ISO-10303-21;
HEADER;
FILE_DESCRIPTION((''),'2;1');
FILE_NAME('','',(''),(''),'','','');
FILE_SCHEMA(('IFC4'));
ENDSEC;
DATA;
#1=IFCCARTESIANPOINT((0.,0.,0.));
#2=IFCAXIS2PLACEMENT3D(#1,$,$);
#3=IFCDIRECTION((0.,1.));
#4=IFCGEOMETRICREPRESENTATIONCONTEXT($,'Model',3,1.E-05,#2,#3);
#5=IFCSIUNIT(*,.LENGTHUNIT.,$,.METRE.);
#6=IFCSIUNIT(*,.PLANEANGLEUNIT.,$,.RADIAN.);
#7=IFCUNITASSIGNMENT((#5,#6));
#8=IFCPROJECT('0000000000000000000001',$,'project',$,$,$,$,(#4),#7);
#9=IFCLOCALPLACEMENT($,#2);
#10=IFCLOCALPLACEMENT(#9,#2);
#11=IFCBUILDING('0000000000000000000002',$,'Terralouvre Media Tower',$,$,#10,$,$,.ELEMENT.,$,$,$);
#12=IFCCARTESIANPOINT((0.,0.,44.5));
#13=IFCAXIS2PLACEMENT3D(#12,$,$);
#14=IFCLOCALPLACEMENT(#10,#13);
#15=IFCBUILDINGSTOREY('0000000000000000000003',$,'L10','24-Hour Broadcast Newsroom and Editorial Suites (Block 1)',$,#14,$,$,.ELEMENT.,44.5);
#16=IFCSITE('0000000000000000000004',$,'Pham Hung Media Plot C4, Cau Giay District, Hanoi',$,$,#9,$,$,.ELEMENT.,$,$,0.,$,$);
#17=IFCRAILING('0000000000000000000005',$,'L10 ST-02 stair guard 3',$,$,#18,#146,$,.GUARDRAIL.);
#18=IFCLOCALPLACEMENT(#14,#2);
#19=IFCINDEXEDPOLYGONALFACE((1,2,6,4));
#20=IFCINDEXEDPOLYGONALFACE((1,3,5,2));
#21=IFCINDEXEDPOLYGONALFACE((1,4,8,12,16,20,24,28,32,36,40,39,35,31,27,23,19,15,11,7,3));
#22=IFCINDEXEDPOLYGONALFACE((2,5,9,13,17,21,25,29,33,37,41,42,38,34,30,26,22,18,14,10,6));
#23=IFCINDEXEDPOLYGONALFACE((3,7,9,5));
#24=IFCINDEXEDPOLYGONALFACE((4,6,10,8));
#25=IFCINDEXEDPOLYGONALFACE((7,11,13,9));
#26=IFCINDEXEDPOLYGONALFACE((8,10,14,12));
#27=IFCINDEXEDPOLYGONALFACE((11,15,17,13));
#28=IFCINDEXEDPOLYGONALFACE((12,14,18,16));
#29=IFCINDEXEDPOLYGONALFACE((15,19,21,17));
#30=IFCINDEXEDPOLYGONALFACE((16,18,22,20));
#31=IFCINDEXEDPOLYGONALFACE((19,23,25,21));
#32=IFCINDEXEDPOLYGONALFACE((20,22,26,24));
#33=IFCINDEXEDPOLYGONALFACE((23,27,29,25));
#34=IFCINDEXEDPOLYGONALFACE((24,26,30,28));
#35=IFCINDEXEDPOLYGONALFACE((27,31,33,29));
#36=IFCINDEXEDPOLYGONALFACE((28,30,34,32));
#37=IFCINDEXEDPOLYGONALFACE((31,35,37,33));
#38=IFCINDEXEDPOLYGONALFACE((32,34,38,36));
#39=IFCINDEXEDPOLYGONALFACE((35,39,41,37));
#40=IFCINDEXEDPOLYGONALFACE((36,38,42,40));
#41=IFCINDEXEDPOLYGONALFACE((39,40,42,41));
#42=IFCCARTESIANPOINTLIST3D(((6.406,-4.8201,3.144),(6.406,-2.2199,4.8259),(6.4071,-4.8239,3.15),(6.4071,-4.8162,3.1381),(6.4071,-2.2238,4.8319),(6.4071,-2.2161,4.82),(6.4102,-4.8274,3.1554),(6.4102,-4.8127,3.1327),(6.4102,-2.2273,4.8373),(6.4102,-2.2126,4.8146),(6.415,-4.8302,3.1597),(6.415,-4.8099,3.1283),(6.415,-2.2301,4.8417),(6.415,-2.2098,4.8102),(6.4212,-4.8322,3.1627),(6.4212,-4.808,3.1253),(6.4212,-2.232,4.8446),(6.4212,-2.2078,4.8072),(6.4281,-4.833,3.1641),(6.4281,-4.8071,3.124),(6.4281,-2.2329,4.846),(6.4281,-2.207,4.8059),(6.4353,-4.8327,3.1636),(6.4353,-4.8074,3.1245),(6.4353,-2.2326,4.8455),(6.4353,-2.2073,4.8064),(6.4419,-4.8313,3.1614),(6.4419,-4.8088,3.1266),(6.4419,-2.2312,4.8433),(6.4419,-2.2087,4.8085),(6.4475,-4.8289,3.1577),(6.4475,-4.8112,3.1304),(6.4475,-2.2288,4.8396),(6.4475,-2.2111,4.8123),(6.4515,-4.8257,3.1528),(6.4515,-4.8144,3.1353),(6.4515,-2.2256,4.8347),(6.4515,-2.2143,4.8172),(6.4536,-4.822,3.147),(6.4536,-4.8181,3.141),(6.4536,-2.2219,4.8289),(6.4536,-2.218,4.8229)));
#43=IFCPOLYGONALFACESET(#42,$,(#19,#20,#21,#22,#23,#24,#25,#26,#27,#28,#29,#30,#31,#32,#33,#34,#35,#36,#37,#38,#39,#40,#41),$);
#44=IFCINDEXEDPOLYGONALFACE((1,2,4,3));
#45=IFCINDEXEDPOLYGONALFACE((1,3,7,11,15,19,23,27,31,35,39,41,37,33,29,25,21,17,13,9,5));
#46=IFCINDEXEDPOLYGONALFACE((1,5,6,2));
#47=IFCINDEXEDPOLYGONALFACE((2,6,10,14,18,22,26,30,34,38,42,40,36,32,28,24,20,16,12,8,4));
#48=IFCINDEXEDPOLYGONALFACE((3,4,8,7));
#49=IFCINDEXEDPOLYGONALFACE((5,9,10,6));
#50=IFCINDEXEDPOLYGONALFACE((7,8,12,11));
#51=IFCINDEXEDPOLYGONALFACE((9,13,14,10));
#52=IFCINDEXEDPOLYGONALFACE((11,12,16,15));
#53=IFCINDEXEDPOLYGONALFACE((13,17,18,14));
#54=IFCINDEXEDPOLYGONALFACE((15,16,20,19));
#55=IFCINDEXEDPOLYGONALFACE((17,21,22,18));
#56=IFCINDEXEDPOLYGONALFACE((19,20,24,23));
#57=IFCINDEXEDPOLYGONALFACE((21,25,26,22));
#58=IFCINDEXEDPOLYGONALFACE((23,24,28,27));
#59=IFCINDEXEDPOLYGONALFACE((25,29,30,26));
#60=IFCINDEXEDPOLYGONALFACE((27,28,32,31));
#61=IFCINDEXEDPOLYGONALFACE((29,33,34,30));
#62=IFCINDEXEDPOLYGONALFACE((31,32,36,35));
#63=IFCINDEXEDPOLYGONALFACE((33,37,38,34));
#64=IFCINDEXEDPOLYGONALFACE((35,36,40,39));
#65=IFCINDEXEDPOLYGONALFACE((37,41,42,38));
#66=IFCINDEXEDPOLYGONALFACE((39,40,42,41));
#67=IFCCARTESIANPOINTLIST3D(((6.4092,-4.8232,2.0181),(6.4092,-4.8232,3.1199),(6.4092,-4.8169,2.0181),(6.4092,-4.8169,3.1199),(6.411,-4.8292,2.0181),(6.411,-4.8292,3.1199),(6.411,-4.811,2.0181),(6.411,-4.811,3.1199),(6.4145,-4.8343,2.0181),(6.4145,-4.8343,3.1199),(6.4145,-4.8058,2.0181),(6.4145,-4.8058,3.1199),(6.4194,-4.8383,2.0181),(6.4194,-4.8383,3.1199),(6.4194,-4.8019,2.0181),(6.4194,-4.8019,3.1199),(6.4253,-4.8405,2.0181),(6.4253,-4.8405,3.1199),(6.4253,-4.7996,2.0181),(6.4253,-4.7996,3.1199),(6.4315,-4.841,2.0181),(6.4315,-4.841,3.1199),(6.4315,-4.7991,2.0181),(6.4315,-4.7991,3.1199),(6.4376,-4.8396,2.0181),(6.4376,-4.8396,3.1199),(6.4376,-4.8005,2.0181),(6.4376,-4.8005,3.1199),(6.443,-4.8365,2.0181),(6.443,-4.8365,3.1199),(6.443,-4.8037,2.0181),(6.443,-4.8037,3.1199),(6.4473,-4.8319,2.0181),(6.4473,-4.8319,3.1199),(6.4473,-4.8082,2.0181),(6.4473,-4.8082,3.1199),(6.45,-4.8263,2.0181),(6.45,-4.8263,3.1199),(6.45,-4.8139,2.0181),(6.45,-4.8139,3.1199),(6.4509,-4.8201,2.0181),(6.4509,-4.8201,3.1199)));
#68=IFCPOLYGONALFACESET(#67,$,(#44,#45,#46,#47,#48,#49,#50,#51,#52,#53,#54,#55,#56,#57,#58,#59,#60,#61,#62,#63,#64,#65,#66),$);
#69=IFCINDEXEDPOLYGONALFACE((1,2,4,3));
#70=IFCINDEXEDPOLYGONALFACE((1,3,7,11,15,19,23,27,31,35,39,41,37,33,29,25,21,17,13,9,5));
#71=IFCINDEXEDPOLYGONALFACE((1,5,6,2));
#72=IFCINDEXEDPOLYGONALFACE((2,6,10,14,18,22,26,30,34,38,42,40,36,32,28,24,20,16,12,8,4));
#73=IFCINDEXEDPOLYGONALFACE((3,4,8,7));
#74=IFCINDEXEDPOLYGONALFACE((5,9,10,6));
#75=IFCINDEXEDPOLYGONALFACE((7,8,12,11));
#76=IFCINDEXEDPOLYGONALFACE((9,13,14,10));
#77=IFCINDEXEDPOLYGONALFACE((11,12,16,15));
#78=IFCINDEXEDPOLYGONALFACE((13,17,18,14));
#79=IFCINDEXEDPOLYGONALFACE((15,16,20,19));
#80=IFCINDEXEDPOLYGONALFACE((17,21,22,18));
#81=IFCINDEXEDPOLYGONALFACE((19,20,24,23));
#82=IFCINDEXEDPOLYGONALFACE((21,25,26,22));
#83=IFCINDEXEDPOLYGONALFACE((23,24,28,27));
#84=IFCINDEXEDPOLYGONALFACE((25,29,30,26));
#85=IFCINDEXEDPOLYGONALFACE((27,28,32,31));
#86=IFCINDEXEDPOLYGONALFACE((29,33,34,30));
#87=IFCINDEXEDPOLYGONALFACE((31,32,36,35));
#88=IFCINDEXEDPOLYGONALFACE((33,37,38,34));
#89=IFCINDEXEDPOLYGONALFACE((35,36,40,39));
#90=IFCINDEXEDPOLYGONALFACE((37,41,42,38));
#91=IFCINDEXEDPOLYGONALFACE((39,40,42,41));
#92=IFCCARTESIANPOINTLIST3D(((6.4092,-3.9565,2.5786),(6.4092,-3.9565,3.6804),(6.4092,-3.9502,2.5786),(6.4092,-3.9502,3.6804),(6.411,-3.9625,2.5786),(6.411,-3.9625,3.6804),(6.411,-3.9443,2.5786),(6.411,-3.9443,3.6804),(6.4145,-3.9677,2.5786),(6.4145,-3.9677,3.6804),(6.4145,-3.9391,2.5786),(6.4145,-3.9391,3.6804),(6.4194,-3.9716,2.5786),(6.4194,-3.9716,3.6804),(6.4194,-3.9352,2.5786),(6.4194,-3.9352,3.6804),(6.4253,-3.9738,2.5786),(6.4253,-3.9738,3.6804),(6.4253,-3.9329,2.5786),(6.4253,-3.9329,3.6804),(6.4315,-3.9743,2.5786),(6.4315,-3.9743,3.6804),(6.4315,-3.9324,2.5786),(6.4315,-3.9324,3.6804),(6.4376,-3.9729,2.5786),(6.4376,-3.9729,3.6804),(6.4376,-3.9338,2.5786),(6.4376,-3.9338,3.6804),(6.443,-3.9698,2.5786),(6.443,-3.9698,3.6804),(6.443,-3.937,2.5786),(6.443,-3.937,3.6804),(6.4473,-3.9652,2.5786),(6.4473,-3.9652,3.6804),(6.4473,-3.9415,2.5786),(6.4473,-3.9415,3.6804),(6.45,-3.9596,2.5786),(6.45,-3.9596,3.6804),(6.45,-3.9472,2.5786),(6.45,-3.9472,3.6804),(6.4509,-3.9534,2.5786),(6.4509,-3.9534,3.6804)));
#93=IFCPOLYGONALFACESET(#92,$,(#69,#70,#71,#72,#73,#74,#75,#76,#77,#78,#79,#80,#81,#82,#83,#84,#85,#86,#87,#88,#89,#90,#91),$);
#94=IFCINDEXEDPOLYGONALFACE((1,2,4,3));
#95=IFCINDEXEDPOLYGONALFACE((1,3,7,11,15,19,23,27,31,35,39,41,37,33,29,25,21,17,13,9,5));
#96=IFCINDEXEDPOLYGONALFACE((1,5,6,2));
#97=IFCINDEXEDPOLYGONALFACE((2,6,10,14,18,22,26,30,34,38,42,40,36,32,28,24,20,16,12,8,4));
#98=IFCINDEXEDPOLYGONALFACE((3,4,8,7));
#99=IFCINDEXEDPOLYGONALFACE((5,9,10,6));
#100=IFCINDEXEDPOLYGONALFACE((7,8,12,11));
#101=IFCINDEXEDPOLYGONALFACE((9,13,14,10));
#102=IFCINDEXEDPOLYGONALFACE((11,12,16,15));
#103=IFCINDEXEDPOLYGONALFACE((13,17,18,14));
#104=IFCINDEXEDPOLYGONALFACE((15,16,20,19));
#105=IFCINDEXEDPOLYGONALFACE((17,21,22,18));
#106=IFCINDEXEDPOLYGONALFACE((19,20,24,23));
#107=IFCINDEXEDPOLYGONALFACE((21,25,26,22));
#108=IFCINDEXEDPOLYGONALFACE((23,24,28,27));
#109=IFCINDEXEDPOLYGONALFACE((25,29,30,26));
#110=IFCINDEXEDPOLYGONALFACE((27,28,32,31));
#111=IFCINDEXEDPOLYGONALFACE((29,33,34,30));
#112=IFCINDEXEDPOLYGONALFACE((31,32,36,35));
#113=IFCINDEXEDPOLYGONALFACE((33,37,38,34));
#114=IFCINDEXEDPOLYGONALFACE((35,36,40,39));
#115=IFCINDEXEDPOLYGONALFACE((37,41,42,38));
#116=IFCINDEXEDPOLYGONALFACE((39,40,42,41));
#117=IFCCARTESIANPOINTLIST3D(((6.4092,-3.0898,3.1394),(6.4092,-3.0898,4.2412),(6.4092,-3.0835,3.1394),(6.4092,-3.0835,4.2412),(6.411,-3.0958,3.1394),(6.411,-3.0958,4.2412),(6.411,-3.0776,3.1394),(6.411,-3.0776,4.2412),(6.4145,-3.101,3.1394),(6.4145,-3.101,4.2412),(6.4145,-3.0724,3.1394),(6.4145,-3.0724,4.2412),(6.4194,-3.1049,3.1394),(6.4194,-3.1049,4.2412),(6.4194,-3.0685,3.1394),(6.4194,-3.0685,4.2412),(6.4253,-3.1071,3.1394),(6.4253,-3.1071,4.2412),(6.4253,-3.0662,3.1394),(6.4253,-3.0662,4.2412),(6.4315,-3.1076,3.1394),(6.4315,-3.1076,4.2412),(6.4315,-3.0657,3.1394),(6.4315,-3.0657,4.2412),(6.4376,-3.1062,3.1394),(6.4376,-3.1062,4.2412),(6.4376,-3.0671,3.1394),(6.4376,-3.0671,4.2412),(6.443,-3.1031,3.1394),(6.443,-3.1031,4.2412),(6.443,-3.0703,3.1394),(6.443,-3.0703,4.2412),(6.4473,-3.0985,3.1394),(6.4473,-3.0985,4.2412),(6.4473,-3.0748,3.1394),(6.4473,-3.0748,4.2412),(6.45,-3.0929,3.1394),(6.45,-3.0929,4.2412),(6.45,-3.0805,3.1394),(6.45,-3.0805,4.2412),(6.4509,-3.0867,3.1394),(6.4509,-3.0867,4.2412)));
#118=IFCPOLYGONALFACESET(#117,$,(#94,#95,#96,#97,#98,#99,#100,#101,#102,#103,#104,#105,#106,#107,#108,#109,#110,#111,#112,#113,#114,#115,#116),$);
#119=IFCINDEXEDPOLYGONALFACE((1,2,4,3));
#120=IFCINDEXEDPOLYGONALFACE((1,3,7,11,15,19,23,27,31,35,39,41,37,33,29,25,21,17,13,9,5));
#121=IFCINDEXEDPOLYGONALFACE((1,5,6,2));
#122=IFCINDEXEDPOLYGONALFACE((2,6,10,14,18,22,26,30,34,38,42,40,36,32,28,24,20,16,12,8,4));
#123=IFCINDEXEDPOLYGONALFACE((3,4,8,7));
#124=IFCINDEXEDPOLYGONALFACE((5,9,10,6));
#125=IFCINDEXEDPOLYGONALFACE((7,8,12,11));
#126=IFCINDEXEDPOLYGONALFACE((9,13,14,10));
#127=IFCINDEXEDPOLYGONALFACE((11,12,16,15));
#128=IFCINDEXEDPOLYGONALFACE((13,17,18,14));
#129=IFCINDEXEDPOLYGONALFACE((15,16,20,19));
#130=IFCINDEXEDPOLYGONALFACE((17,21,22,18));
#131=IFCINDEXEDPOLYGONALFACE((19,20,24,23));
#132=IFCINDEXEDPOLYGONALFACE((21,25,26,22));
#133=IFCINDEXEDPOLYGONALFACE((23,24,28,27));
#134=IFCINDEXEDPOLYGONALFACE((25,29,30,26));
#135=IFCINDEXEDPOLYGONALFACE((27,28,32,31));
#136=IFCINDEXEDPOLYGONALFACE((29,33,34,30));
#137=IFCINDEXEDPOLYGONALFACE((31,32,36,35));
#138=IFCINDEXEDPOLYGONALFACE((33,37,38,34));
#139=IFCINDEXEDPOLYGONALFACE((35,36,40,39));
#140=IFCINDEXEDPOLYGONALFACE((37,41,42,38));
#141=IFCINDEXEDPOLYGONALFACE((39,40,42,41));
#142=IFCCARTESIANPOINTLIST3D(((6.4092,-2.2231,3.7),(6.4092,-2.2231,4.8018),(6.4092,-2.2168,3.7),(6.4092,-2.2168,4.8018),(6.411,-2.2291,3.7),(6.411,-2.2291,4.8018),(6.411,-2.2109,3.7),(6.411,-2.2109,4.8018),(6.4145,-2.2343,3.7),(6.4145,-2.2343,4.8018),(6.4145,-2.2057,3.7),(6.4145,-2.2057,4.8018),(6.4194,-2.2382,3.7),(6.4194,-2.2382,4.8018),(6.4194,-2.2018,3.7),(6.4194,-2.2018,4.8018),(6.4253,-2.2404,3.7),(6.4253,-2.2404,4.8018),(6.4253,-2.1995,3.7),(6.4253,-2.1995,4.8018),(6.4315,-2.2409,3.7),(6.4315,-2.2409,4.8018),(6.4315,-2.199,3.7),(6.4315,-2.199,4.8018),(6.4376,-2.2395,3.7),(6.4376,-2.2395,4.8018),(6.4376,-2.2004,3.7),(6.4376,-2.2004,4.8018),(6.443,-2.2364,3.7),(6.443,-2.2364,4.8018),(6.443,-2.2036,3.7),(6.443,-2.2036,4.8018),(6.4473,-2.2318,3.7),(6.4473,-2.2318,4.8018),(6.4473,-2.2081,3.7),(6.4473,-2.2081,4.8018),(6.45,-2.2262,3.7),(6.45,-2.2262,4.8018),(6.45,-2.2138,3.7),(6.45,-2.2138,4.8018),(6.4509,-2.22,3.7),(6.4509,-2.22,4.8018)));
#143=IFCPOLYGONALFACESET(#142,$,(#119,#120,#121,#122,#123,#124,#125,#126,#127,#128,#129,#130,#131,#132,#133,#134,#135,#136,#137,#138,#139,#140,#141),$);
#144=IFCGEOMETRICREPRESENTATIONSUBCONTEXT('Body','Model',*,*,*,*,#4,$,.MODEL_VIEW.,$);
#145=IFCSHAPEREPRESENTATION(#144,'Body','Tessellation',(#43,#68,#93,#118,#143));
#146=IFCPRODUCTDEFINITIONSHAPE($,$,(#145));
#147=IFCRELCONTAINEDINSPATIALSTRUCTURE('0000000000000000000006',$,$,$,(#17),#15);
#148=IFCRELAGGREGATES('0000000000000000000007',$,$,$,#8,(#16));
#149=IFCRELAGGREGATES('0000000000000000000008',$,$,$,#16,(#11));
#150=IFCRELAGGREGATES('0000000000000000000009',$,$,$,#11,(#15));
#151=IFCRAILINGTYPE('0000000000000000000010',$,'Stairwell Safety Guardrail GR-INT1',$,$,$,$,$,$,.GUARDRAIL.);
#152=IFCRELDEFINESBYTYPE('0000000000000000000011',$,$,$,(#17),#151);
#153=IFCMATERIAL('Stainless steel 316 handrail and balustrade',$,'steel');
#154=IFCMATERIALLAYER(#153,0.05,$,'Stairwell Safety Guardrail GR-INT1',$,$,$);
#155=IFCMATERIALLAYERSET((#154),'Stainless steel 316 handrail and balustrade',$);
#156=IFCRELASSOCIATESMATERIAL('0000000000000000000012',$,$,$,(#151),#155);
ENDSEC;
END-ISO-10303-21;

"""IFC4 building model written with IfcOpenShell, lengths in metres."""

from ifc_helpers import new_model, si_unit, direction, frame, origin, origin_2d, place, context, subcontext, project, spatial, circle, extrude, material, layer, layer_set, type_object, element, save


model = new_model("IFC4")

# Units and contexts
model_context = context("Model", 3, precision=1e-05, world=origin(), true_north=direction((0.0, 1.0)))
body_context = subcontext(model_context, "Body", "Model", "MODEL_VIEW")
ifc_project = project(units=[si_unit("LENGTHUNIT", "METRE"), si_unit("PLANEANGLEUNIT", "RADIAN")], contexts=[model_context])

# Site, building, storey
site_placement = place(None, origin())
site = spatial("IfcSite", under=ifc_project, at=site_placement, Name="Pham Hung Media Plot C4, Cau Giay District, Hanoi", CompositionType="ELEMENT", RefElevation=0.0)
building_placement = place(site_placement, origin())
building = spatial("IfcBuilding", under=site, at=building_placement, Name="Terralouvre Media Tower", CompositionType="ELEMENT")
storey_placement = place(building_placement, frame((0.0, 0.0, 44.5)))
storey = spatial("IfcBuildingStorey", under=building, at=storey_placement, Name="L10", Description="24-Hour Broadcast Newsroom and Editorial Suites (Block 1)", CompositionType="ELEMENT", Elevation=44.5)

# Railing
ifc_material_1 = material(Name="Stainless steel 316 handrail and balustrade", Category="steel")
ifc_layer_1 = layer(ifc_material_1, 0.05, Name="Stairwell Safety Guardrail GR-INT1")
ifc_layer_set_1 = layer_set([ifc_layer_1], Name="Stainless steel 316 handrail and balustrade")
railing_type_1 = type_object("IfcRailingType", Name="Stairwell Safety Guardrail GR-INT1", PredefinedType="GUARDRAIL", material=ifc_layer_set_1)
railing_1_placement = place(storey_placement, frame((6.4299, -4.8201, 2.0181)))
element("IfcRailing", 1, at=railing_1_placement, inside=storey, type_object=railing_type_1, Name="L10 ST-02 stair guard 3", PredefinedType="GUARDRAIL", context=body_context, shape_type="SweptSolid", body=[
    extrude(circle(Radius=0.0239, at=origin_2d()), frame((0.0, 0.0, 1.126), z_axis=(0.0, 0.839648, 0.54313), x_axis=(-1.0, 0.0, 0.0)), (0.0, 0.0, 1.0), 3.0967),
    extrude(circle(Radius=0.021, at=origin_2d()), origin(), (0.0, 0.0, 1.0), 1.1018),
    extrude(circle(Radius=0.021, at=origin_2d()), frame((0.0, 0.8667, 0.5605)), (0.0, 0.0, 1.0), 1.1018),
    extrude(circle(Radius=0.021, at=origin_2d()), frame((0.0, 1.7334, 1.1213)), (0.0, 0.0, 1.0), 1.1018),
    extrude(circle(Radius=0.021, at=origin_2d()), frame((0.0, 2.6001, 1.6819)), (0.0, 0.0, 1.0), 1.1018),
])

save(model, "model.ifc")
